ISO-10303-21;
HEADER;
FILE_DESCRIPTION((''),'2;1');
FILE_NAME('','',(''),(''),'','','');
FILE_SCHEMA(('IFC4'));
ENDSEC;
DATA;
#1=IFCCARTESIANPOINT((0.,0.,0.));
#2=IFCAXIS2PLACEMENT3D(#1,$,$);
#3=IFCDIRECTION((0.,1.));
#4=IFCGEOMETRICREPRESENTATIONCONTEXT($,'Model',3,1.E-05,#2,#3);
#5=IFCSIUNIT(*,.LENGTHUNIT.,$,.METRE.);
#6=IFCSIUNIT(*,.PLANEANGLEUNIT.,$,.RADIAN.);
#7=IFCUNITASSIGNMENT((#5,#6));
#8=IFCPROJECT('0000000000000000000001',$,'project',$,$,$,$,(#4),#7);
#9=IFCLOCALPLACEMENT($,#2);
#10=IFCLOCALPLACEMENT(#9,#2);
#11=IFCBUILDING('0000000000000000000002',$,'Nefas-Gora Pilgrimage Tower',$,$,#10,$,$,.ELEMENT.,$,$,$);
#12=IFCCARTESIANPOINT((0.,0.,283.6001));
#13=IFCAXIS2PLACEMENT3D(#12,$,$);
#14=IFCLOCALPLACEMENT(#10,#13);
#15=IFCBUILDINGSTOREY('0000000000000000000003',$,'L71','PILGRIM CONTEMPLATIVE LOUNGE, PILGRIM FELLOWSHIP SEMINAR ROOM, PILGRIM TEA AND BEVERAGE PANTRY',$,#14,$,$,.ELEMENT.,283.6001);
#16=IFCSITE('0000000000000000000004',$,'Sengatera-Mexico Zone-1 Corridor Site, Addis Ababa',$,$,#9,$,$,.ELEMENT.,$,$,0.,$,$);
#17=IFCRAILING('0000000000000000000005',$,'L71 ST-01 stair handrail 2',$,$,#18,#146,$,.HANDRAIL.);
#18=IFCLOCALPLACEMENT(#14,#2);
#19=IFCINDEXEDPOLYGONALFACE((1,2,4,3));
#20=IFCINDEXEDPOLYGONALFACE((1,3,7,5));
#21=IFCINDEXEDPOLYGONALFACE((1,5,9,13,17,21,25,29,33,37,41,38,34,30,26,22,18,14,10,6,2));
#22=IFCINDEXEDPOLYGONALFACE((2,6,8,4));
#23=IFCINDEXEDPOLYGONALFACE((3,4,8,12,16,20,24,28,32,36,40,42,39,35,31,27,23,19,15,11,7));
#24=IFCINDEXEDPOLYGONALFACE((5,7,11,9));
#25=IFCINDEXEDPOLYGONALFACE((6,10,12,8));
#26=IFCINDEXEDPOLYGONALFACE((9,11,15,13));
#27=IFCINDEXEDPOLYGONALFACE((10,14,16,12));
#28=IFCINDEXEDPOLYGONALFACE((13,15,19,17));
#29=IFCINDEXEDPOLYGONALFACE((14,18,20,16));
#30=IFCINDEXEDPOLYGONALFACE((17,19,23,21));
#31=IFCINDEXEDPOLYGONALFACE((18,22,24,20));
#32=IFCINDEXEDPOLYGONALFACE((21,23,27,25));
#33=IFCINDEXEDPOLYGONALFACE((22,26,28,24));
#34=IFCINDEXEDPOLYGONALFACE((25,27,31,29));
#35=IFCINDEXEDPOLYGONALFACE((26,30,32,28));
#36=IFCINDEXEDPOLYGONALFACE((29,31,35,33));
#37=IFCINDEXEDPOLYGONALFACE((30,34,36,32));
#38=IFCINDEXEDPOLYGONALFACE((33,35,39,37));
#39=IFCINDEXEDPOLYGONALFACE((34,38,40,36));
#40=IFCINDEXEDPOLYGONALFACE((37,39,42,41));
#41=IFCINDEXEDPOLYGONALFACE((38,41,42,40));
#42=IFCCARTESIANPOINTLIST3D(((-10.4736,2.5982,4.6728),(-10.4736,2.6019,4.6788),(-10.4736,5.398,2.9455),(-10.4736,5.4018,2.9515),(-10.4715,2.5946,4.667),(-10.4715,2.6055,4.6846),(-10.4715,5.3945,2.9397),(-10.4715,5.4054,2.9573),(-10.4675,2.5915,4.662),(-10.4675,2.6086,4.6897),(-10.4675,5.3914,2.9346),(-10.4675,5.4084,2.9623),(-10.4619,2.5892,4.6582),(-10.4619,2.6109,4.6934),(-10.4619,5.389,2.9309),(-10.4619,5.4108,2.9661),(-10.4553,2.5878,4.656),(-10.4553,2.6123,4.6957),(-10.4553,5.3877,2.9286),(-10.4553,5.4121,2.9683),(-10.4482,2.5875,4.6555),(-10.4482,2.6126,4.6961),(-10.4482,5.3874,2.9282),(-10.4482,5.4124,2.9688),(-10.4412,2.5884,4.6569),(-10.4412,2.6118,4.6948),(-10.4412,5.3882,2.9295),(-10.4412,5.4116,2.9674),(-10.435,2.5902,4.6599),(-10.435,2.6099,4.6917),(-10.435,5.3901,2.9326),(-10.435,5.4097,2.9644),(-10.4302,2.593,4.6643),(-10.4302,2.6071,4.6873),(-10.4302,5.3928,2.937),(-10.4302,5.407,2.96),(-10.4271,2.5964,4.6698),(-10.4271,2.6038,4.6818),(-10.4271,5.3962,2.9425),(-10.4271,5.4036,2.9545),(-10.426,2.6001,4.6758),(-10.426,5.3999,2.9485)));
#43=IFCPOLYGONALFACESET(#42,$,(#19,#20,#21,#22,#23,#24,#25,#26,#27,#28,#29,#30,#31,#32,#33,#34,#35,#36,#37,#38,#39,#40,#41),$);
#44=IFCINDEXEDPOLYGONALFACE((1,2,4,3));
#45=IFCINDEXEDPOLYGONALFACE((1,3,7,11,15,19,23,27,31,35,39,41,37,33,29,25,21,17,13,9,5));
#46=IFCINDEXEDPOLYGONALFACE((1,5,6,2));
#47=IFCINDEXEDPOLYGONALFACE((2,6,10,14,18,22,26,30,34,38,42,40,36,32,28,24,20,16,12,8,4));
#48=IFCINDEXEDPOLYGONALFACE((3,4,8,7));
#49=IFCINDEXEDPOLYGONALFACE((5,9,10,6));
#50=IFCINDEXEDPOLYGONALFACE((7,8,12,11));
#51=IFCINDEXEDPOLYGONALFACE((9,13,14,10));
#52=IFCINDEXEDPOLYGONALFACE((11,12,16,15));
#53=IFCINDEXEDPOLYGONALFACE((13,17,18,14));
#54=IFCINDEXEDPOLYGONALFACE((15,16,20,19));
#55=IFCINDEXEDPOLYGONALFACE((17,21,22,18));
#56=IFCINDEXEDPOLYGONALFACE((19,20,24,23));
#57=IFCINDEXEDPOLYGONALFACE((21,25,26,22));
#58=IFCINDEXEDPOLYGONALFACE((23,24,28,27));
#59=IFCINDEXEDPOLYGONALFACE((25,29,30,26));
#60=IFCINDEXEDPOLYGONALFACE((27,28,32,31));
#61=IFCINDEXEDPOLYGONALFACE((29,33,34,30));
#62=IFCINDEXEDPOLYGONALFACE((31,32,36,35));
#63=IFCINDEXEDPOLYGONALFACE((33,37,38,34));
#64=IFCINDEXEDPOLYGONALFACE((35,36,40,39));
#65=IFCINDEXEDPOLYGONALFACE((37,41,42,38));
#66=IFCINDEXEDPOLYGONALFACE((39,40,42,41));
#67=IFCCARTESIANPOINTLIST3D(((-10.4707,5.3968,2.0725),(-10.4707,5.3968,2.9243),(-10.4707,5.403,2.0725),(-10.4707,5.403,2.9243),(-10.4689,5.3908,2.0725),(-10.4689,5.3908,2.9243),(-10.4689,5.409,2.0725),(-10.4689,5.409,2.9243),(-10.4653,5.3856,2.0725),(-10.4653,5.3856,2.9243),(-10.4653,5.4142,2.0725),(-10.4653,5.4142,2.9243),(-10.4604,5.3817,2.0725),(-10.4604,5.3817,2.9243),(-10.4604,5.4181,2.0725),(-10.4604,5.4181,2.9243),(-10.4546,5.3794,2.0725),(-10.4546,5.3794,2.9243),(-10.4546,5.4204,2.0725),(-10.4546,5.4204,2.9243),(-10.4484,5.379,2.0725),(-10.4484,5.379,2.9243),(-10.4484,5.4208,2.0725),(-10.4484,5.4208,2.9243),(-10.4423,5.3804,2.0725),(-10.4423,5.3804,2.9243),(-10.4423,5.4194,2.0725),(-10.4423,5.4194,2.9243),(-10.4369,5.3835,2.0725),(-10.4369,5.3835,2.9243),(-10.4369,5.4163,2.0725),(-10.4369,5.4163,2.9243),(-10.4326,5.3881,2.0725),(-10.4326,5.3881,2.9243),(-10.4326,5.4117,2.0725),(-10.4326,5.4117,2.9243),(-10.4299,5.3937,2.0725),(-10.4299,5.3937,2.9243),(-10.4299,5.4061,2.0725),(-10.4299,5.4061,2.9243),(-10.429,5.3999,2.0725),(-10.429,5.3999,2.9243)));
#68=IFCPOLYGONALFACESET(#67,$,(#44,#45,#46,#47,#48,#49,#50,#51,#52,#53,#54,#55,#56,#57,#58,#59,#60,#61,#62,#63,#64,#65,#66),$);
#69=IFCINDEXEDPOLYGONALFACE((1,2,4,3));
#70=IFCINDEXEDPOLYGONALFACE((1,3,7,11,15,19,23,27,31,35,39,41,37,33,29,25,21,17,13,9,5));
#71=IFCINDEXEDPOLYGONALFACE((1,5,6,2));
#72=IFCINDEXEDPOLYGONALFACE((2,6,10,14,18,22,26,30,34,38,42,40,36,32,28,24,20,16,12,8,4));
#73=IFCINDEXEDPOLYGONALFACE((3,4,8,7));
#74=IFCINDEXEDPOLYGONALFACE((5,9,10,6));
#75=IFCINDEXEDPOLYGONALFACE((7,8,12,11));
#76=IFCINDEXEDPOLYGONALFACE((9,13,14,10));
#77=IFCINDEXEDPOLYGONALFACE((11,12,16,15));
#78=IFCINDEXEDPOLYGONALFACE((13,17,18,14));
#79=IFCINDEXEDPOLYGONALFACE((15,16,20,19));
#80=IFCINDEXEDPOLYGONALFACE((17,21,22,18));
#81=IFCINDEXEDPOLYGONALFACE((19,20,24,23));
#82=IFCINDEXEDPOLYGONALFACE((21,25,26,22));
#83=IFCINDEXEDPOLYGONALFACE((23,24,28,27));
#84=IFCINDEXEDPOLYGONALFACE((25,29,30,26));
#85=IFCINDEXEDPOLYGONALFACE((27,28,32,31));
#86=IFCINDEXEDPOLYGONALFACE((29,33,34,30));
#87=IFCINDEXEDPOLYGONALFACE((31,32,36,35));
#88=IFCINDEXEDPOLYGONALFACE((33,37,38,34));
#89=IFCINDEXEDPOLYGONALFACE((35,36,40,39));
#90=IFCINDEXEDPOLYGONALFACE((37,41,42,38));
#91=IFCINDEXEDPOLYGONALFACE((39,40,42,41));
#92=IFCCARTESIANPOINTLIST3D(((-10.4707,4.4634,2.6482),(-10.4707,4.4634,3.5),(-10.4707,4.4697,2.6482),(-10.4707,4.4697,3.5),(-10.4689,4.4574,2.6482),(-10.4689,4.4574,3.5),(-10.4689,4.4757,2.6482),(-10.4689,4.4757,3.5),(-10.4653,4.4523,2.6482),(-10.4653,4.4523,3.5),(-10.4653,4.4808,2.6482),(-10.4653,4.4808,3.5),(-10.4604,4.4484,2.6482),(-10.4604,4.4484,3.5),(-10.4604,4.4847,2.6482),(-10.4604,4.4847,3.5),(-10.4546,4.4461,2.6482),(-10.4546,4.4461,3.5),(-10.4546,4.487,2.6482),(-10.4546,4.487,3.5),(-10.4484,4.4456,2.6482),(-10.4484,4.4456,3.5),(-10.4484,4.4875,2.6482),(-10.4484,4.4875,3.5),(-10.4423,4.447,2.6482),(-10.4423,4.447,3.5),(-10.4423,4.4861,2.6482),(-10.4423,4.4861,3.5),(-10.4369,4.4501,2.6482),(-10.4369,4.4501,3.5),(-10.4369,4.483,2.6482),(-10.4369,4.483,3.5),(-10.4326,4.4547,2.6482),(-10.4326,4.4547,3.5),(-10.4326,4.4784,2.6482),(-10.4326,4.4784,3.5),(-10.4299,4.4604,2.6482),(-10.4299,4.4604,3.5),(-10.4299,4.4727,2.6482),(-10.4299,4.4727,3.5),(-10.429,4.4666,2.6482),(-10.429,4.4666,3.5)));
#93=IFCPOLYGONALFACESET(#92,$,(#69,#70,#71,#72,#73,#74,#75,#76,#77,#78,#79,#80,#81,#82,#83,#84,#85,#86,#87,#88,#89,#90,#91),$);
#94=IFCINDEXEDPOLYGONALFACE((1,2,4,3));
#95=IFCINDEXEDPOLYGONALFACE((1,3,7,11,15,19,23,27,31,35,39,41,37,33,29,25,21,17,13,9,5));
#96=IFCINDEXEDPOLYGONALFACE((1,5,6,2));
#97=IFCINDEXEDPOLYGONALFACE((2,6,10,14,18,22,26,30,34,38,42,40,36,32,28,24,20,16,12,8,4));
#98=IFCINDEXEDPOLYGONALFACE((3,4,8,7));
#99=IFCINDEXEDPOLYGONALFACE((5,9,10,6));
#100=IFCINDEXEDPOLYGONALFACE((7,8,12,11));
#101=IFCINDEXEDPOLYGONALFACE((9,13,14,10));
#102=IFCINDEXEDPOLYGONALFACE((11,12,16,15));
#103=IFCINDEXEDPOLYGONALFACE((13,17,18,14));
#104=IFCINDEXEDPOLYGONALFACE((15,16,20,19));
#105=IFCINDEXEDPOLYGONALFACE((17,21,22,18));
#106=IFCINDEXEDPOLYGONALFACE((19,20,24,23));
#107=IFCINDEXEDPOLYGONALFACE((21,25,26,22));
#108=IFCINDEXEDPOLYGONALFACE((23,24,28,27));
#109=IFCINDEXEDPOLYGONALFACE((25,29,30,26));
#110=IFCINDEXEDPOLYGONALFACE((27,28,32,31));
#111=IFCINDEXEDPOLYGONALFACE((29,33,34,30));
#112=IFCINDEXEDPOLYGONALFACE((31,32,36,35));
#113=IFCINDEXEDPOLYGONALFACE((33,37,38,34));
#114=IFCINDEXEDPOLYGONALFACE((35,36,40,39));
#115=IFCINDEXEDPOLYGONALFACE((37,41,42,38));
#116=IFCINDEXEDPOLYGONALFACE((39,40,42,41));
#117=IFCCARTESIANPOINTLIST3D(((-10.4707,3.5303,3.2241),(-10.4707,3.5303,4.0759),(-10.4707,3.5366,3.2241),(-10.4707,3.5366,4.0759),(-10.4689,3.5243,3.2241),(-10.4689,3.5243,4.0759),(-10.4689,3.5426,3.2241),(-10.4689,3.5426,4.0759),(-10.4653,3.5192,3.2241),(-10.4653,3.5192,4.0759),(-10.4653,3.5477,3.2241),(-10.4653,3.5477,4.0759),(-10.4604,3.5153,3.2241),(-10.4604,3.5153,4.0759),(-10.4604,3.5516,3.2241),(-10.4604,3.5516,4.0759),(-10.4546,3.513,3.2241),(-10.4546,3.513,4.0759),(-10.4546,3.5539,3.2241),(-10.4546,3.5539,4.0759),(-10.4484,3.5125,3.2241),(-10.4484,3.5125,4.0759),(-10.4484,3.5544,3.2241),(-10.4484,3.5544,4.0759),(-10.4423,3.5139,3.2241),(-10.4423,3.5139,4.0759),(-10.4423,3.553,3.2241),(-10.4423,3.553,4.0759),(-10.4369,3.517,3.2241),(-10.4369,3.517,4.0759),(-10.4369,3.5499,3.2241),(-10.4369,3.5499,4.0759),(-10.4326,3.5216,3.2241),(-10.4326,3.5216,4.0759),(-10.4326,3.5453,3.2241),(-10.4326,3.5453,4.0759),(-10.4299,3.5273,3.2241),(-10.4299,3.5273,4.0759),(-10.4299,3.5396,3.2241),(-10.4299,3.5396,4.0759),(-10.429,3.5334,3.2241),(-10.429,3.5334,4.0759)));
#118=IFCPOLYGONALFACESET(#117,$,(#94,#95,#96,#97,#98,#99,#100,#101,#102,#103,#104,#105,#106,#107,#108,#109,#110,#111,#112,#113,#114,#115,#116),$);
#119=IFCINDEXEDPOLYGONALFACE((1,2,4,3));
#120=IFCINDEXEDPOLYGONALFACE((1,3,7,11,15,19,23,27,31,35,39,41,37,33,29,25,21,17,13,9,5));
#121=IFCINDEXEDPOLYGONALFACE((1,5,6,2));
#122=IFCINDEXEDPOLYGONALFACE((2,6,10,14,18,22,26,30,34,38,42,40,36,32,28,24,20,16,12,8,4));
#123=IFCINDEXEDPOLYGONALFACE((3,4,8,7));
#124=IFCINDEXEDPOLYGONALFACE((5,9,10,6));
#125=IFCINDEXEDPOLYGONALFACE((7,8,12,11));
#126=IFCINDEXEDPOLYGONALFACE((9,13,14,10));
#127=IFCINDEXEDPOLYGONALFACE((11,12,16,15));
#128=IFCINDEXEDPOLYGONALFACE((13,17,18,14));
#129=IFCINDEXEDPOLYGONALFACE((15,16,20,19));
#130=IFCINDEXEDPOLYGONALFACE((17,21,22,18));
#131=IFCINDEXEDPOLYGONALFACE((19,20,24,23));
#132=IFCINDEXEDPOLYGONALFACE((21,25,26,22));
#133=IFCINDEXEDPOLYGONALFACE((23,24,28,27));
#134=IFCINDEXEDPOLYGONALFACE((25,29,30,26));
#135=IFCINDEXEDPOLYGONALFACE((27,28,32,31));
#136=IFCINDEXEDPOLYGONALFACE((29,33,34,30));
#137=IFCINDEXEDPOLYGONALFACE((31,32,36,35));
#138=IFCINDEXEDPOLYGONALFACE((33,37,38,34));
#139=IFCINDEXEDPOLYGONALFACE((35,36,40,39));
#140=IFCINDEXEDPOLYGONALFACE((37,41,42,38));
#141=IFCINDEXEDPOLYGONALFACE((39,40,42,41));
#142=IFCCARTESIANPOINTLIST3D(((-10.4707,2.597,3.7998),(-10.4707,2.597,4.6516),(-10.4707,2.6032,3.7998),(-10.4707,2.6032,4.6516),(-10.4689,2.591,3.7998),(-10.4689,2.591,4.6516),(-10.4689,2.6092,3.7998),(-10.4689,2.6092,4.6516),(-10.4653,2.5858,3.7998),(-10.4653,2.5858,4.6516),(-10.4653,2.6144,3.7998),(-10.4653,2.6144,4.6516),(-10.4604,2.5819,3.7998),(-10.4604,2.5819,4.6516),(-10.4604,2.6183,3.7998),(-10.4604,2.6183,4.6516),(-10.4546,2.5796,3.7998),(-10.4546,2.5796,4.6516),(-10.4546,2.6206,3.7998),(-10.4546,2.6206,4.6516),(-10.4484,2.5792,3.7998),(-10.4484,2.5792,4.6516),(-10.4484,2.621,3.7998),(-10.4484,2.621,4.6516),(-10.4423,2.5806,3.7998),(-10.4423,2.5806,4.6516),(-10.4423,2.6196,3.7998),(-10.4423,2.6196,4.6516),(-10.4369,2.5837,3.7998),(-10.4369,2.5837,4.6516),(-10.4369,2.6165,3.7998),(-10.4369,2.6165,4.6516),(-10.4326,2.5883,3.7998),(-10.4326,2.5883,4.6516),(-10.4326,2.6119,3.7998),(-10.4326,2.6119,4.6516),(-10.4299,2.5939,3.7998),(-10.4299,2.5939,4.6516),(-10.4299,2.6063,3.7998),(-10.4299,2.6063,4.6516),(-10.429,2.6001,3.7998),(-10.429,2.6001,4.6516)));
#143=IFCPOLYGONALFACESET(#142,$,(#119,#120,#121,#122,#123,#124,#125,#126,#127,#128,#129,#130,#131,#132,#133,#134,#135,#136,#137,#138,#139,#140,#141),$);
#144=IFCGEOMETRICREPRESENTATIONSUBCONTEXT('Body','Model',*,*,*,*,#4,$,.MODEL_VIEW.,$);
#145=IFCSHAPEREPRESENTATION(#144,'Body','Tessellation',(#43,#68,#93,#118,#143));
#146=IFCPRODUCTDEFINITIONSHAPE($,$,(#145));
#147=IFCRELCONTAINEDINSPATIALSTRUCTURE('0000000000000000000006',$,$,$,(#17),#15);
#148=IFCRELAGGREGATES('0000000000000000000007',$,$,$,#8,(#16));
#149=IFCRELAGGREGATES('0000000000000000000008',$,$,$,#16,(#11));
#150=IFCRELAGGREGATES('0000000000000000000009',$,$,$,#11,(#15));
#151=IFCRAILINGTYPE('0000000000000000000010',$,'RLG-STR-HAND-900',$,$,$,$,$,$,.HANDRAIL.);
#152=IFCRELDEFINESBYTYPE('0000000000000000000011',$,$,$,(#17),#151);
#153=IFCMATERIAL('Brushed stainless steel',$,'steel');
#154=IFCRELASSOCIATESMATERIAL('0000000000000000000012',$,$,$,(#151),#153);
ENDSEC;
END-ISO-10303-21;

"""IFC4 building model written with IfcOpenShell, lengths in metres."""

from ifc_helpers import new_model, si_unit, direction, frame, origin, origin_2d, place, context, subcontext, project, spatial, circle, extrude, material, type_object, element, save


model = new_model("IFC4")

# Units and contexts
model_context = context("Model", 3, precision=1e-05, world=origin(), true_north=direction((0.0, 1.0)))
body_context = subcontext(model_context, "Body", "Model", "MODEL_VIEW")
ifc_project = project(units=[si_unit("LENGTHUNIT", "METRE"), si_unit("PLANEANGLEUNIT", "RADIAN")], contexts=[model_context])

# Site, building, storey
site_placement = place(None, origin())
site = spatial("IfcSite", under=ifc_project, at=site_placement, Name="Sengatera-Mexico Zone-1 Corridor Site, Addis Ababa", CompositionType="ELEMENT", RefElevation=0.0)
building_placement = place(site_placement, origin())
building = spatial("IfcBuilding", under=site, at=building_placement, Name="Nefas-Gora Pilgrimage Tower", CompositionType="ELEMENT")
storey_placement = place(building_placement, frame((0.0, 0.0, 283.6001)))
storey = spatial("IfcBuildingStorey", under=building, at=storey_placement, Name="L71", Description="PILGRIM CONTEMPLATIVE LOUNGE, PILGRIM FELLOWSHIP SEMINAR ROOM, PILGRIM TEA AND BEVERAGE PANTRY", CompositionType="ELEMENT", Elevation=283.6001)

# Railing
ifc_material_1 = material(Name="Brushed stainless steel", Category="steel")
railing_type_1 = type_object("IfcRailingType", Name="RLG-STR-HAND-900", PredefinedType="HANDRAIL", material=ifc_material_1)
railing_1_placement = place(storey_placement, frame((-10.45, 5.3999, 2.0725)))
element("IfcRailing", 1, at=railing_1_placement, inside=storey, type_object=railing_type_1, Name="L71 ST-01 stair handrail 2", PredefinedType="HANDRAIL", context=body_context, shape_type="SweptSolid", body=[
    extrude(circle(Radius=0.0239, at=origin_2d()), frame((0.0, 0.0, 0.876), z_axis=(0.0, -0.851069, 0.525054), x_axis=(1.0, 0.0, 0.0)), (0.0, 0.0, 1.0), 3.2898),
    extrude(circle(Radius=0.021, at=origin_2d()), origin(), (0.0, 0.0, 1.0), 0.8518),
    extrude(circle(Radius=0.021, at=origin_2d()), frame((0.0, -0.9333, 0.5757)), (0.0, 0.0, 1.0), 0.8518),
    extrude(circle(Radius=0.021, at=origin_2d()), frame((0.0, -1.8665, 1.1516)), (0.0, 0.0, 1.0), 0.8518),
    extrude(circle(Radius=0.021, at=origin_2d()), frame((0.0, -2.7998, 1.7273)), (0.0, 0.0, 1.0), 0.8518),
])

save(model, "model.ifc")
